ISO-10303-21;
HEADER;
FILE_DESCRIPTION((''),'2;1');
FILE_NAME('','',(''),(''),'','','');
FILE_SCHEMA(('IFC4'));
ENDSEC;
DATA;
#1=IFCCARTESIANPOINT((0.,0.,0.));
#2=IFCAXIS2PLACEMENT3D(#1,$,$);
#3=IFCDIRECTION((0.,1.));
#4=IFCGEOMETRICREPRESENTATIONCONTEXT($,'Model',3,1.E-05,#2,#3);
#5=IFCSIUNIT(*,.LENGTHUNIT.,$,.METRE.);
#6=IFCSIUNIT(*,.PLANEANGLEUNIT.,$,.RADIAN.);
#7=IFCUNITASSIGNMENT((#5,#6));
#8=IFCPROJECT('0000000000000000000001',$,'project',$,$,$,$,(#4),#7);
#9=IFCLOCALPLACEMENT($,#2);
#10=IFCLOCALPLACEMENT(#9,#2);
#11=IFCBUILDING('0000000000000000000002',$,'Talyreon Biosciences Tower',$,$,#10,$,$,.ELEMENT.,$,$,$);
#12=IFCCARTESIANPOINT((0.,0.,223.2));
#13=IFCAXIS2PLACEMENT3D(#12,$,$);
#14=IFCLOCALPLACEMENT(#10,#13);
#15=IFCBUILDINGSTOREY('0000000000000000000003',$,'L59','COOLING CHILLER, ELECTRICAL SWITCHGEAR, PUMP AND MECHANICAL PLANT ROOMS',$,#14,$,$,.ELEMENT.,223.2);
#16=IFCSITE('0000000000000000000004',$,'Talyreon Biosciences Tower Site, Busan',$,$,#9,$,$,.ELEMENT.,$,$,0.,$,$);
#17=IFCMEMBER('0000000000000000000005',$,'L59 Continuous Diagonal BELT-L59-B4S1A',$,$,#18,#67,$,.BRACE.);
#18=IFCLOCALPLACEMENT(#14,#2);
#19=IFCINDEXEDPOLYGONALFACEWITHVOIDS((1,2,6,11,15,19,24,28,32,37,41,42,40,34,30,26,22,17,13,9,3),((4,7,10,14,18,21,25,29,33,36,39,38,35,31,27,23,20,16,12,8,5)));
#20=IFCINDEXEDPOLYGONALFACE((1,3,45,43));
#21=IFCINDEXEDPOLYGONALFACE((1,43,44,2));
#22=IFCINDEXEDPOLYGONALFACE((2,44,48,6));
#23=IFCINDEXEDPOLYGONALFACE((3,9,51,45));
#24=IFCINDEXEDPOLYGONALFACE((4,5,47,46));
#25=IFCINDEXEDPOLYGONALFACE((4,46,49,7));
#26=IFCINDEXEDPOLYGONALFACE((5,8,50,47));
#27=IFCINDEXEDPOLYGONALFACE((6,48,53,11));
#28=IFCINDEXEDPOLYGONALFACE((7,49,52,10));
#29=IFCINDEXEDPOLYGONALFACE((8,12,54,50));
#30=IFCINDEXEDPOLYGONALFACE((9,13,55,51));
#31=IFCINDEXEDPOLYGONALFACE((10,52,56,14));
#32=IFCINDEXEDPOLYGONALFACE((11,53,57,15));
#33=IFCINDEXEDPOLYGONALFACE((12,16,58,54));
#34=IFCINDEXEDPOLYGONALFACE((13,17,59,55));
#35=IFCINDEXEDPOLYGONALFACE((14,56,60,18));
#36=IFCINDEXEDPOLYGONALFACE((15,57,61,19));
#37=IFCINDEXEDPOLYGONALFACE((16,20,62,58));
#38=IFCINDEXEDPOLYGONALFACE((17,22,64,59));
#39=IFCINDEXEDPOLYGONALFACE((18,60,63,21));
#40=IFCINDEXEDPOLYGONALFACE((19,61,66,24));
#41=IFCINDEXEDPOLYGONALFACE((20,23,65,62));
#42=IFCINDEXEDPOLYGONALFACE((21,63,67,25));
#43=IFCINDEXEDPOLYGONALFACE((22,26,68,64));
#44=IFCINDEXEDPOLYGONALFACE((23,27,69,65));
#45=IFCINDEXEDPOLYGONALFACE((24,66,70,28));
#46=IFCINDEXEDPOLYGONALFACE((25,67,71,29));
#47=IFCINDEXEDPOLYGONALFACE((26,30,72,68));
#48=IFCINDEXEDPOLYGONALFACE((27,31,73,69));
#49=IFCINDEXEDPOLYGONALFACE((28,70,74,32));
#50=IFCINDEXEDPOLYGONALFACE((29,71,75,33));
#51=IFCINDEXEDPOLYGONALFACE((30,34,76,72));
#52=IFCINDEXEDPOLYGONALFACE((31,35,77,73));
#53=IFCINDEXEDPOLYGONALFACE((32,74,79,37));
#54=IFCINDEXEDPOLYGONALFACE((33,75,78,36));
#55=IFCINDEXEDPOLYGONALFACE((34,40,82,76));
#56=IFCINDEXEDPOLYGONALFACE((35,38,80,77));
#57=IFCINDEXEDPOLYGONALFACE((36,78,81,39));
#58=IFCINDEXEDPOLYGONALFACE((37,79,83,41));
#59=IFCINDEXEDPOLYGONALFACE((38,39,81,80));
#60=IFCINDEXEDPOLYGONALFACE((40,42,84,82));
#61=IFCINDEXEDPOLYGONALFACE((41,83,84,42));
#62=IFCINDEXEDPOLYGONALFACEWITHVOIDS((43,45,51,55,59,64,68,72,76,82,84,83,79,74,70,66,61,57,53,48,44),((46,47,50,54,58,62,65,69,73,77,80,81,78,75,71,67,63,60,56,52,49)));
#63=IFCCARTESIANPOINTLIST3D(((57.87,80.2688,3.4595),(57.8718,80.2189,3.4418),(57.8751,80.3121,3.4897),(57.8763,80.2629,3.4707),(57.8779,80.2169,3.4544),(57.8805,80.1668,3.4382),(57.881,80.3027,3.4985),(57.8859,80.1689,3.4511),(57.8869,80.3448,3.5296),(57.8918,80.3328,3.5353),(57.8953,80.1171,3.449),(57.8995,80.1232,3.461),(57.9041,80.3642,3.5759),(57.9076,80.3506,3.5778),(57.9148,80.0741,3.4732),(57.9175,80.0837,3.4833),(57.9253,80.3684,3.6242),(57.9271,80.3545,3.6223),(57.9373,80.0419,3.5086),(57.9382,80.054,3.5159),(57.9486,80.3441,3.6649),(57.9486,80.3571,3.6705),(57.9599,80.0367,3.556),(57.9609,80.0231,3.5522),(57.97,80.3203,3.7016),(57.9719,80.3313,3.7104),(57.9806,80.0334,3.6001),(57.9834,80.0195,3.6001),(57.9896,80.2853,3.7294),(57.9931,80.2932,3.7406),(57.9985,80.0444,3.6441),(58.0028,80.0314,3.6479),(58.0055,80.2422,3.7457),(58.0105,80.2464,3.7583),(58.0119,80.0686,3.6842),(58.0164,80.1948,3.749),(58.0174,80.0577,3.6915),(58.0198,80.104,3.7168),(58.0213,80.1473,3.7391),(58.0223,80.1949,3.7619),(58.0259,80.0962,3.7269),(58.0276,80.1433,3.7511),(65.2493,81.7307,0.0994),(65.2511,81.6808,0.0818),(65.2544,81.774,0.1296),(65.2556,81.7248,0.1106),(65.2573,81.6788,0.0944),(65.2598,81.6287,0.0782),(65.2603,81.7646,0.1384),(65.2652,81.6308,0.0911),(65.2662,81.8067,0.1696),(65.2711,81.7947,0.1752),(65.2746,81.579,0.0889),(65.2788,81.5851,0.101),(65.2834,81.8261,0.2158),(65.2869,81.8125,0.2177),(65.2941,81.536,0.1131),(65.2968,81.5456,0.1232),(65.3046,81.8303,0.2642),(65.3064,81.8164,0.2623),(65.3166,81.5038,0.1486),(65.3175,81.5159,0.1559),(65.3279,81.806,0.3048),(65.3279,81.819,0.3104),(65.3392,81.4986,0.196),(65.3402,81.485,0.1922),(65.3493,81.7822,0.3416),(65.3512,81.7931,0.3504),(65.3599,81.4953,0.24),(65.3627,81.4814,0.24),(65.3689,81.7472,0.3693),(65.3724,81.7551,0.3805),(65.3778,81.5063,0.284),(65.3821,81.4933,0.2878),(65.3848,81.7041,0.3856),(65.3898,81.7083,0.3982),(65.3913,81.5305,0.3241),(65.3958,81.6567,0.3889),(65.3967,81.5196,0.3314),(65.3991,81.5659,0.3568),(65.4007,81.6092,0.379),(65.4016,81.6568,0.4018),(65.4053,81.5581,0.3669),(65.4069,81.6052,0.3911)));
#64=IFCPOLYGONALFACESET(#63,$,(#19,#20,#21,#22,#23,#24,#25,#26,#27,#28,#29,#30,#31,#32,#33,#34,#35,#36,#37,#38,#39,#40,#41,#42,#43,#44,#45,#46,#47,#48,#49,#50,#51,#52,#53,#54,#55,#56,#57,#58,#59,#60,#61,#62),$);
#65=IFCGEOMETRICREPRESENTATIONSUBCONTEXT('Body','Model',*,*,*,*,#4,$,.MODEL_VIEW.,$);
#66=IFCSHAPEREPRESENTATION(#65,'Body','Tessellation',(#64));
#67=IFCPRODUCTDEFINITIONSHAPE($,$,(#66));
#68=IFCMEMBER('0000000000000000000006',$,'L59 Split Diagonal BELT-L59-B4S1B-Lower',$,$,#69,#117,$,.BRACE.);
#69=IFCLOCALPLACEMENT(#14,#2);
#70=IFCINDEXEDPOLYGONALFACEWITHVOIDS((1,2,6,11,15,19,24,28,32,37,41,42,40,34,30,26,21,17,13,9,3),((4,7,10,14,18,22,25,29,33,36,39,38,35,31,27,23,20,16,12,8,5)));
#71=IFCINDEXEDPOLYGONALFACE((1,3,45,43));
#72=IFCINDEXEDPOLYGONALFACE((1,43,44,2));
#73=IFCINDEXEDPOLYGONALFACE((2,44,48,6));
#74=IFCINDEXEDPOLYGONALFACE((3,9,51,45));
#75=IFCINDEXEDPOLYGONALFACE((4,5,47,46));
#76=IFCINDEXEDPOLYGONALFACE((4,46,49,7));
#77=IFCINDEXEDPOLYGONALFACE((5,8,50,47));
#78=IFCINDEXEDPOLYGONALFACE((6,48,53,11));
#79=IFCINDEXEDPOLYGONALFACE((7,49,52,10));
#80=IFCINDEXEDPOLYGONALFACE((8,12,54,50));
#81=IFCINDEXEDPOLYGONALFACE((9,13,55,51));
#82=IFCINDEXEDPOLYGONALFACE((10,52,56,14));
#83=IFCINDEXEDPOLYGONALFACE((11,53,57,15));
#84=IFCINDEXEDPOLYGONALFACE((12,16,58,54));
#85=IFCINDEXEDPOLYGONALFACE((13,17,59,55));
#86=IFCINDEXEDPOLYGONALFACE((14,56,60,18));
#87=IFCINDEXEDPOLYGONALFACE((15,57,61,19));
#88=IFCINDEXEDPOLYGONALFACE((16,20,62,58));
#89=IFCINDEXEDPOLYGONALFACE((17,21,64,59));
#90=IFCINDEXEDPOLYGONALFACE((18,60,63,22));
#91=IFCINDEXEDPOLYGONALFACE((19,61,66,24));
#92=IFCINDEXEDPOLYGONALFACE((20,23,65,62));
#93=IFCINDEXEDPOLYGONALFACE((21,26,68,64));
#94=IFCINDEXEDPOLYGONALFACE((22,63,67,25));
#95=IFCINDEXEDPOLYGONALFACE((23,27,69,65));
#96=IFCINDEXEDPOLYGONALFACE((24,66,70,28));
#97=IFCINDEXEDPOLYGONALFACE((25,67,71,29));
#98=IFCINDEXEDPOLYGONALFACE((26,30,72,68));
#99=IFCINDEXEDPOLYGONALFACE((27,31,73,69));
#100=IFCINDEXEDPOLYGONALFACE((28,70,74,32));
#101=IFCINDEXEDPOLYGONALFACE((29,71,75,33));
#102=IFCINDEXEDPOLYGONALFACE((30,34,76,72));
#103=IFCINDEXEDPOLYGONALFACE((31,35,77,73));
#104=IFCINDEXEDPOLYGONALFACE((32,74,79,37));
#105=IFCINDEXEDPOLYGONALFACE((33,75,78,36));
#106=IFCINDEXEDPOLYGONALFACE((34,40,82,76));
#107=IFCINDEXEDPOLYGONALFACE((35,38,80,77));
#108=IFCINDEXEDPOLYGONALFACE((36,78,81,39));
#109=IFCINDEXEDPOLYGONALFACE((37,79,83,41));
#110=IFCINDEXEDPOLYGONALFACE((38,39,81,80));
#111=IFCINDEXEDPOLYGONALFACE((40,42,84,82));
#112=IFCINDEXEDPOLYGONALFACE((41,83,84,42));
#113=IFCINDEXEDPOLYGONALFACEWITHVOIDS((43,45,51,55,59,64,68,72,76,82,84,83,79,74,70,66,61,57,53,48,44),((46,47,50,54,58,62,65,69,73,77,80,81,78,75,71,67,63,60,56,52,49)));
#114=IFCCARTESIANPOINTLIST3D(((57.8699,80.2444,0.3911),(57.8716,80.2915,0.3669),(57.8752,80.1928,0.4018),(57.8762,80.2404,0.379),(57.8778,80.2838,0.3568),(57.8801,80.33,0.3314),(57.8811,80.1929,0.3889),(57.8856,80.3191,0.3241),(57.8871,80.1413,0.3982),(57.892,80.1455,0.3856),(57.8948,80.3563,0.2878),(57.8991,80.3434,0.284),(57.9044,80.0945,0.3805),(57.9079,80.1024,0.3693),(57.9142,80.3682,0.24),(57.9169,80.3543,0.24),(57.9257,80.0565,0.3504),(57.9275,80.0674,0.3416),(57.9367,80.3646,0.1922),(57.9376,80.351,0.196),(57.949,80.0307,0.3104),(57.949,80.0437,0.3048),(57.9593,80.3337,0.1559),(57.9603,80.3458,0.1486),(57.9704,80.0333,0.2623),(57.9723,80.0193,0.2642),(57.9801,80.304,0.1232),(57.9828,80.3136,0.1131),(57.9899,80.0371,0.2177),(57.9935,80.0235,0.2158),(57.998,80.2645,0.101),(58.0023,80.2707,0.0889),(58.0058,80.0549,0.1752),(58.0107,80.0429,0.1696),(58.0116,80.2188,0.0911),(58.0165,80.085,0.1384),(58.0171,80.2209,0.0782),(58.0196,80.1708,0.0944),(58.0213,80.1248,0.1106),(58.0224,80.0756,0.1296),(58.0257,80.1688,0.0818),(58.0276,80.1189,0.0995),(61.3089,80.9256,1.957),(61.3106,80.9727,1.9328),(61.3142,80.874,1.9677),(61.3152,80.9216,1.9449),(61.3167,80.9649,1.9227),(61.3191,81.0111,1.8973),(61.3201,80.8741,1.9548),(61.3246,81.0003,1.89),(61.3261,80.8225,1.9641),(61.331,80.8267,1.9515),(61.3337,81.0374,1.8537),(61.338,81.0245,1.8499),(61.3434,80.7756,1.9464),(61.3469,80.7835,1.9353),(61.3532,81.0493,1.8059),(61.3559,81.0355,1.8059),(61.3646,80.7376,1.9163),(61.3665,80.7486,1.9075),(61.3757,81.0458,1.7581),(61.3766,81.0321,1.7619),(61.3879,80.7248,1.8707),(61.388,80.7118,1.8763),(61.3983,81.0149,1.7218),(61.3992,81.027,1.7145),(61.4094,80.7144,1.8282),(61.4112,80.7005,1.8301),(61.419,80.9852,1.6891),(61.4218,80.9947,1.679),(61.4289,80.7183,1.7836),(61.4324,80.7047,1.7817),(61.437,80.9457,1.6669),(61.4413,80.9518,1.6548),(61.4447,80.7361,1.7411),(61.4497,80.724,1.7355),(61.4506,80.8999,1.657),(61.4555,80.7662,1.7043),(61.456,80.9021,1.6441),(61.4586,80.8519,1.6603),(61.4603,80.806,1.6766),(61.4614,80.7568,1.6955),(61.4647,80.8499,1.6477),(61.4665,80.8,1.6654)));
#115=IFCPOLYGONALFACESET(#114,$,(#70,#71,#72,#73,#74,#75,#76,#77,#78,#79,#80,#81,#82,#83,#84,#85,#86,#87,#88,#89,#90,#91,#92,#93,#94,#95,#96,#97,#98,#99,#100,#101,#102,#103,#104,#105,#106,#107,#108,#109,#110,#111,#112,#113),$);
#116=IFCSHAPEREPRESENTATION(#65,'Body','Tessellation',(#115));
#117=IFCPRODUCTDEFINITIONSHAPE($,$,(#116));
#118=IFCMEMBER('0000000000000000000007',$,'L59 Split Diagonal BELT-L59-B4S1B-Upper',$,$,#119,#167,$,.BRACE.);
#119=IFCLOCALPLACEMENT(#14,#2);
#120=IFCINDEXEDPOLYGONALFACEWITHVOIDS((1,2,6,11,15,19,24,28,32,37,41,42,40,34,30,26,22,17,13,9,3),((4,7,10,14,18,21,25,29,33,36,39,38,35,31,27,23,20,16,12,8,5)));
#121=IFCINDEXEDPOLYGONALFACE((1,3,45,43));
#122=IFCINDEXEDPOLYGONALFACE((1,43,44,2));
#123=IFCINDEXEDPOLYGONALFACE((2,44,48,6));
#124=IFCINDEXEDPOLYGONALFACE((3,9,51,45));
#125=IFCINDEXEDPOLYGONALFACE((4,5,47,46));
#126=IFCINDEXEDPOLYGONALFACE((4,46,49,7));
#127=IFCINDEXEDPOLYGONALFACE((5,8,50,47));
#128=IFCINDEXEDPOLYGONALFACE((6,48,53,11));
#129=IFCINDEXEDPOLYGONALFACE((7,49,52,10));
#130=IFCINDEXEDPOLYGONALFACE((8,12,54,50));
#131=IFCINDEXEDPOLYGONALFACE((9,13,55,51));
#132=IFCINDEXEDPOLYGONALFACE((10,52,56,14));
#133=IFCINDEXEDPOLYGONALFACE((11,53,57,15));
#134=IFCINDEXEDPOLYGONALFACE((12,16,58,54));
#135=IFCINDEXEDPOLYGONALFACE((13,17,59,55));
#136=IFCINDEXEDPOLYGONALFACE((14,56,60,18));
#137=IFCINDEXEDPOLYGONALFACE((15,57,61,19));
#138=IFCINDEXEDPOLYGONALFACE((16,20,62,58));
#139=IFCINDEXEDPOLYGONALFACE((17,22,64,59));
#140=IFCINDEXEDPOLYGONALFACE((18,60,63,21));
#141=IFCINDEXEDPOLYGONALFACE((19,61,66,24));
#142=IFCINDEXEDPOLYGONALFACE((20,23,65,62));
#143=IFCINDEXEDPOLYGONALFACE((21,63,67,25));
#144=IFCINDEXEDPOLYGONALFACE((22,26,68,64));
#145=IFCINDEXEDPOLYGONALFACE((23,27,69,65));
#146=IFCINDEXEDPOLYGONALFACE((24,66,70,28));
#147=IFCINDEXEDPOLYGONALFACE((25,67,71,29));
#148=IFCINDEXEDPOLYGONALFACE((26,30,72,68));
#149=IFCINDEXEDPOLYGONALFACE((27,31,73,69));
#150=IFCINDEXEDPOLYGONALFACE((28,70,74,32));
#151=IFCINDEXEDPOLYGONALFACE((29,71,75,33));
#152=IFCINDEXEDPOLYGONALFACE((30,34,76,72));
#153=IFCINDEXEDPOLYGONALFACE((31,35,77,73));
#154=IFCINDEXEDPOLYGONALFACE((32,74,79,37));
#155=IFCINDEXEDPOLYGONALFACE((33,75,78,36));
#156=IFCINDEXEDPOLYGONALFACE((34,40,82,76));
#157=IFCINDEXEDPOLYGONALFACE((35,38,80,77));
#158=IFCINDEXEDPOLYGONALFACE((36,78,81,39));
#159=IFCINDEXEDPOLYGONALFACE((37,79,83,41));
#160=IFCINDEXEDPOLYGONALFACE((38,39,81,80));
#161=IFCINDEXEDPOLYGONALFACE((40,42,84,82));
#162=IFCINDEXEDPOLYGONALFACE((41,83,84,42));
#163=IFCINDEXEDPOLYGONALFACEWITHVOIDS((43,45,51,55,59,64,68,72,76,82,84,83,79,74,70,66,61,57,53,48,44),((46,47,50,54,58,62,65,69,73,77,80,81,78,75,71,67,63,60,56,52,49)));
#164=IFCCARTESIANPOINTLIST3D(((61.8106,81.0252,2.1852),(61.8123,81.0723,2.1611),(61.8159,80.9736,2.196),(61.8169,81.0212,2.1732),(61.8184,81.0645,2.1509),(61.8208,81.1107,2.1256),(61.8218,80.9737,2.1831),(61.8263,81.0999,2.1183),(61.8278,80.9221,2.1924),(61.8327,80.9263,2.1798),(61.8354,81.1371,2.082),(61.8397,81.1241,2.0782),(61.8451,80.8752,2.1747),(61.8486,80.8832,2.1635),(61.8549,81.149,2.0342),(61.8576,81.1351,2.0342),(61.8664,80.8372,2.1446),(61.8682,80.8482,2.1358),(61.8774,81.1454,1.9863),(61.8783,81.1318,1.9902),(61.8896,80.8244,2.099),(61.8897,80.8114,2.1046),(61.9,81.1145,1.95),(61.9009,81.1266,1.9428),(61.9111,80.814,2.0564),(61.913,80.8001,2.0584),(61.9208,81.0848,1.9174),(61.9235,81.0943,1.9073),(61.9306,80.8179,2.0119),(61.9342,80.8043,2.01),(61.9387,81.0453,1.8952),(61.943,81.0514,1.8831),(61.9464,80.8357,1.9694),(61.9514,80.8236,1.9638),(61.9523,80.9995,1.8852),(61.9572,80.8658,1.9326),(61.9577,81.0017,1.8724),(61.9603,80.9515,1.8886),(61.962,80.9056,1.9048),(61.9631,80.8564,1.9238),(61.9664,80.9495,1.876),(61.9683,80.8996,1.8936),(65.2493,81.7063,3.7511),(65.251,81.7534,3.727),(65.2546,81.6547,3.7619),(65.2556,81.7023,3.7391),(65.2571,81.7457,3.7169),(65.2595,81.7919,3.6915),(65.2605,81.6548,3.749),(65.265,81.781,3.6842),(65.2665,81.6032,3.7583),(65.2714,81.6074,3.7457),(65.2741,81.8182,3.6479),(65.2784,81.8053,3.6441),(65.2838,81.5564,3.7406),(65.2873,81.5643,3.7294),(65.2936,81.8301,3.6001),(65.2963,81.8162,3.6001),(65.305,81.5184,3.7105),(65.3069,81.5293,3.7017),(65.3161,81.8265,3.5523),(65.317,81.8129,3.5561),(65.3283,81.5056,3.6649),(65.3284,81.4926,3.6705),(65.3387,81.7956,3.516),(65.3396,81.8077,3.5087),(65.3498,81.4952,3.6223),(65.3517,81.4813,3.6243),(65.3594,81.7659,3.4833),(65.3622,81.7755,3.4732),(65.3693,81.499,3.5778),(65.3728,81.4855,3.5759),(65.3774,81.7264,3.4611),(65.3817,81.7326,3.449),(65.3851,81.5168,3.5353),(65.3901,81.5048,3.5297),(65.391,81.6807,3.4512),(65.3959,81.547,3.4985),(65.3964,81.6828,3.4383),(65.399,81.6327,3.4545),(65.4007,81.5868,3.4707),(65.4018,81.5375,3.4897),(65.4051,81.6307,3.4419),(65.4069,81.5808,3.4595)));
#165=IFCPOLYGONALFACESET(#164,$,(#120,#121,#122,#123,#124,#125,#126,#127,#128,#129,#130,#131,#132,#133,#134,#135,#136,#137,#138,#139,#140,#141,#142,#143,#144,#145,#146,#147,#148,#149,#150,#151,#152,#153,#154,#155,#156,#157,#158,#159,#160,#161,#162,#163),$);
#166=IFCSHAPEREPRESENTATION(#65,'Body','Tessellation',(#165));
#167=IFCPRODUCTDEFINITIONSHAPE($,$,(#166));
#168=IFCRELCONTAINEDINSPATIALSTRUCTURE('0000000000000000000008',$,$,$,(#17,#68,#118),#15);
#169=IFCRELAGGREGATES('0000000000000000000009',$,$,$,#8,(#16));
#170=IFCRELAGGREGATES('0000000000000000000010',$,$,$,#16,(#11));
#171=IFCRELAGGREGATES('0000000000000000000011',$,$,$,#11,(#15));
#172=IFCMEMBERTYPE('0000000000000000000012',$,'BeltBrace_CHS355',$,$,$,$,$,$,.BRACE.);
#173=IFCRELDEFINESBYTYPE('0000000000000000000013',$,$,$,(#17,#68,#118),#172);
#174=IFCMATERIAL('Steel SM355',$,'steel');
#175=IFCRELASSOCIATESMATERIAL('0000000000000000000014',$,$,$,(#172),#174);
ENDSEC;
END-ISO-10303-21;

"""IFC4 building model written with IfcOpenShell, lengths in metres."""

from ifc_helpers import new_model, si_unit, direction, frame, origin, origin_2d, place, context, subcontext, project, spatial, hollow_circle, extrude, material, material_profile, profile_set, type_object, element, save


model = new_model("IFC4")

# Units and contexts
model_context = context("Model", 3, precision=1e-05, world=origin(), true_north=direction((0.0, 1.0)))
body_context = subcontext(model_context, "Body", "Model", "MODEL_VIEW")
ifc_project = project(units=[si_unit("LENGTHUNIT", "METRE"), si_unit("PLANEANGLEUNIT", "RADIAN")], contexts=[model_context])

# Site, building, storey
site_placement = place(None, origin())
site = spatial("IfcSite", under=ifc_project, at=site_placement, Name="Talyreon Biosciences Tower Site, Busan", CompositionType="ELEMENT", RefElevation=0.0)
building_placement = place(site_placement, origin())
building = spatial("IfcBuilding", under=site, at=building_placement, Name="Talyreon Biosciences Tower", CompositionType="ELEMENT")
storey_placement = place(building_placement, frame((0.0, 0.0, 223.2)))
storey = spatial("IfcBuildingStorey", under=building, at=storey_placement, Name="L59", Description="COOLING CHILLER, ELECTRICAL SWITCHGEAR, PUMP AND MECHANICAL PLANT ROOMS", CompositionType="ELEMENT", Elevation=223.2)

# Members
ifc_material_1 = material(Name="Steel SM355", Category="steel")
ifc_material_profile_1 = material_profile(ifc_material_1, hollow_circle(Radius=0.1777, WallThickness=0.0142, at=origin_2d()), Name="CHS 355.6x14.2")
ifc_profile_set_1 = profile_set([ifc_material_profile_1], Name="Steel SM355")
member_type_1 = type_object("IfcMemberType", Name="BeltBrace_CHS355", PredefinedType="BRACE", material=ifc_profile_set_1)
member_1_placement = place(storey_placement, frame((65.3281, 81.6558, 0.24), z_axis=(-0.895654, -0.177436, 0.407824), x_axis=(0.194331, -0.980936, 0.0)))
element("IfcMember", 1, at=member_1_placement, inside=storey, type_object=member_type_1, Name="L59 Continuous Diagonal BELT-L59-B4S1A", PredefinedType="BRACE", context=body_context, shape_type="SweptSolid", body=[
    extrude(hollow_circle(Radius=0.1777, WallThickness=0.0142, at=origin_2d()), origin(), (0.0, 0.0, 1.0), 8.239),
])
member_2_placement = place(storey_placement, frame((57.9487, 80.1938, 0.24), z_axis=(0.895656, 0.177402, 0.407833), x_axis=(-0.194294, 0.980943, 0.0)))
element("IfcMember", 2, at=member_2_placement, inside=storey, type_object=member_type_1, Name="L59 Split Diagonal BELT-L59-B4S1B-Lower", PredefinedType="BRACE", context=body_context, shape_type="SweptSolid", body=[
    extrude(hollow_circle(Radius=0.1777, WallThickness=0.0142, at=origin_2d()), origin(), (0.0, 0.0, 1.0), 3.8396),
])
member_3_placement = place(storey_placement, frame((61.8894, 80.9746, 2.0342), z_axis=(0.895644, 0.177412, 0.407857), x_axis=(-0.194308, 0.980941, 0.0)))
element("IfcMember", 3, at=member_3_placement, inside=storey, type_object=member_type_1, Name="L59 Split Diagonal BELT-L59-B4S1B-Upper", PredefinedType="BRACE", context=body_context, shape_type="SweptSolid", body=[
    extrude(hollow_circle(Radius=0.1777, WallThickness=0.0142, at=origin_2d()), origin(), (0.0, 0.0, 1.0), 3.8394),
])

save(model, "model.ifc")
